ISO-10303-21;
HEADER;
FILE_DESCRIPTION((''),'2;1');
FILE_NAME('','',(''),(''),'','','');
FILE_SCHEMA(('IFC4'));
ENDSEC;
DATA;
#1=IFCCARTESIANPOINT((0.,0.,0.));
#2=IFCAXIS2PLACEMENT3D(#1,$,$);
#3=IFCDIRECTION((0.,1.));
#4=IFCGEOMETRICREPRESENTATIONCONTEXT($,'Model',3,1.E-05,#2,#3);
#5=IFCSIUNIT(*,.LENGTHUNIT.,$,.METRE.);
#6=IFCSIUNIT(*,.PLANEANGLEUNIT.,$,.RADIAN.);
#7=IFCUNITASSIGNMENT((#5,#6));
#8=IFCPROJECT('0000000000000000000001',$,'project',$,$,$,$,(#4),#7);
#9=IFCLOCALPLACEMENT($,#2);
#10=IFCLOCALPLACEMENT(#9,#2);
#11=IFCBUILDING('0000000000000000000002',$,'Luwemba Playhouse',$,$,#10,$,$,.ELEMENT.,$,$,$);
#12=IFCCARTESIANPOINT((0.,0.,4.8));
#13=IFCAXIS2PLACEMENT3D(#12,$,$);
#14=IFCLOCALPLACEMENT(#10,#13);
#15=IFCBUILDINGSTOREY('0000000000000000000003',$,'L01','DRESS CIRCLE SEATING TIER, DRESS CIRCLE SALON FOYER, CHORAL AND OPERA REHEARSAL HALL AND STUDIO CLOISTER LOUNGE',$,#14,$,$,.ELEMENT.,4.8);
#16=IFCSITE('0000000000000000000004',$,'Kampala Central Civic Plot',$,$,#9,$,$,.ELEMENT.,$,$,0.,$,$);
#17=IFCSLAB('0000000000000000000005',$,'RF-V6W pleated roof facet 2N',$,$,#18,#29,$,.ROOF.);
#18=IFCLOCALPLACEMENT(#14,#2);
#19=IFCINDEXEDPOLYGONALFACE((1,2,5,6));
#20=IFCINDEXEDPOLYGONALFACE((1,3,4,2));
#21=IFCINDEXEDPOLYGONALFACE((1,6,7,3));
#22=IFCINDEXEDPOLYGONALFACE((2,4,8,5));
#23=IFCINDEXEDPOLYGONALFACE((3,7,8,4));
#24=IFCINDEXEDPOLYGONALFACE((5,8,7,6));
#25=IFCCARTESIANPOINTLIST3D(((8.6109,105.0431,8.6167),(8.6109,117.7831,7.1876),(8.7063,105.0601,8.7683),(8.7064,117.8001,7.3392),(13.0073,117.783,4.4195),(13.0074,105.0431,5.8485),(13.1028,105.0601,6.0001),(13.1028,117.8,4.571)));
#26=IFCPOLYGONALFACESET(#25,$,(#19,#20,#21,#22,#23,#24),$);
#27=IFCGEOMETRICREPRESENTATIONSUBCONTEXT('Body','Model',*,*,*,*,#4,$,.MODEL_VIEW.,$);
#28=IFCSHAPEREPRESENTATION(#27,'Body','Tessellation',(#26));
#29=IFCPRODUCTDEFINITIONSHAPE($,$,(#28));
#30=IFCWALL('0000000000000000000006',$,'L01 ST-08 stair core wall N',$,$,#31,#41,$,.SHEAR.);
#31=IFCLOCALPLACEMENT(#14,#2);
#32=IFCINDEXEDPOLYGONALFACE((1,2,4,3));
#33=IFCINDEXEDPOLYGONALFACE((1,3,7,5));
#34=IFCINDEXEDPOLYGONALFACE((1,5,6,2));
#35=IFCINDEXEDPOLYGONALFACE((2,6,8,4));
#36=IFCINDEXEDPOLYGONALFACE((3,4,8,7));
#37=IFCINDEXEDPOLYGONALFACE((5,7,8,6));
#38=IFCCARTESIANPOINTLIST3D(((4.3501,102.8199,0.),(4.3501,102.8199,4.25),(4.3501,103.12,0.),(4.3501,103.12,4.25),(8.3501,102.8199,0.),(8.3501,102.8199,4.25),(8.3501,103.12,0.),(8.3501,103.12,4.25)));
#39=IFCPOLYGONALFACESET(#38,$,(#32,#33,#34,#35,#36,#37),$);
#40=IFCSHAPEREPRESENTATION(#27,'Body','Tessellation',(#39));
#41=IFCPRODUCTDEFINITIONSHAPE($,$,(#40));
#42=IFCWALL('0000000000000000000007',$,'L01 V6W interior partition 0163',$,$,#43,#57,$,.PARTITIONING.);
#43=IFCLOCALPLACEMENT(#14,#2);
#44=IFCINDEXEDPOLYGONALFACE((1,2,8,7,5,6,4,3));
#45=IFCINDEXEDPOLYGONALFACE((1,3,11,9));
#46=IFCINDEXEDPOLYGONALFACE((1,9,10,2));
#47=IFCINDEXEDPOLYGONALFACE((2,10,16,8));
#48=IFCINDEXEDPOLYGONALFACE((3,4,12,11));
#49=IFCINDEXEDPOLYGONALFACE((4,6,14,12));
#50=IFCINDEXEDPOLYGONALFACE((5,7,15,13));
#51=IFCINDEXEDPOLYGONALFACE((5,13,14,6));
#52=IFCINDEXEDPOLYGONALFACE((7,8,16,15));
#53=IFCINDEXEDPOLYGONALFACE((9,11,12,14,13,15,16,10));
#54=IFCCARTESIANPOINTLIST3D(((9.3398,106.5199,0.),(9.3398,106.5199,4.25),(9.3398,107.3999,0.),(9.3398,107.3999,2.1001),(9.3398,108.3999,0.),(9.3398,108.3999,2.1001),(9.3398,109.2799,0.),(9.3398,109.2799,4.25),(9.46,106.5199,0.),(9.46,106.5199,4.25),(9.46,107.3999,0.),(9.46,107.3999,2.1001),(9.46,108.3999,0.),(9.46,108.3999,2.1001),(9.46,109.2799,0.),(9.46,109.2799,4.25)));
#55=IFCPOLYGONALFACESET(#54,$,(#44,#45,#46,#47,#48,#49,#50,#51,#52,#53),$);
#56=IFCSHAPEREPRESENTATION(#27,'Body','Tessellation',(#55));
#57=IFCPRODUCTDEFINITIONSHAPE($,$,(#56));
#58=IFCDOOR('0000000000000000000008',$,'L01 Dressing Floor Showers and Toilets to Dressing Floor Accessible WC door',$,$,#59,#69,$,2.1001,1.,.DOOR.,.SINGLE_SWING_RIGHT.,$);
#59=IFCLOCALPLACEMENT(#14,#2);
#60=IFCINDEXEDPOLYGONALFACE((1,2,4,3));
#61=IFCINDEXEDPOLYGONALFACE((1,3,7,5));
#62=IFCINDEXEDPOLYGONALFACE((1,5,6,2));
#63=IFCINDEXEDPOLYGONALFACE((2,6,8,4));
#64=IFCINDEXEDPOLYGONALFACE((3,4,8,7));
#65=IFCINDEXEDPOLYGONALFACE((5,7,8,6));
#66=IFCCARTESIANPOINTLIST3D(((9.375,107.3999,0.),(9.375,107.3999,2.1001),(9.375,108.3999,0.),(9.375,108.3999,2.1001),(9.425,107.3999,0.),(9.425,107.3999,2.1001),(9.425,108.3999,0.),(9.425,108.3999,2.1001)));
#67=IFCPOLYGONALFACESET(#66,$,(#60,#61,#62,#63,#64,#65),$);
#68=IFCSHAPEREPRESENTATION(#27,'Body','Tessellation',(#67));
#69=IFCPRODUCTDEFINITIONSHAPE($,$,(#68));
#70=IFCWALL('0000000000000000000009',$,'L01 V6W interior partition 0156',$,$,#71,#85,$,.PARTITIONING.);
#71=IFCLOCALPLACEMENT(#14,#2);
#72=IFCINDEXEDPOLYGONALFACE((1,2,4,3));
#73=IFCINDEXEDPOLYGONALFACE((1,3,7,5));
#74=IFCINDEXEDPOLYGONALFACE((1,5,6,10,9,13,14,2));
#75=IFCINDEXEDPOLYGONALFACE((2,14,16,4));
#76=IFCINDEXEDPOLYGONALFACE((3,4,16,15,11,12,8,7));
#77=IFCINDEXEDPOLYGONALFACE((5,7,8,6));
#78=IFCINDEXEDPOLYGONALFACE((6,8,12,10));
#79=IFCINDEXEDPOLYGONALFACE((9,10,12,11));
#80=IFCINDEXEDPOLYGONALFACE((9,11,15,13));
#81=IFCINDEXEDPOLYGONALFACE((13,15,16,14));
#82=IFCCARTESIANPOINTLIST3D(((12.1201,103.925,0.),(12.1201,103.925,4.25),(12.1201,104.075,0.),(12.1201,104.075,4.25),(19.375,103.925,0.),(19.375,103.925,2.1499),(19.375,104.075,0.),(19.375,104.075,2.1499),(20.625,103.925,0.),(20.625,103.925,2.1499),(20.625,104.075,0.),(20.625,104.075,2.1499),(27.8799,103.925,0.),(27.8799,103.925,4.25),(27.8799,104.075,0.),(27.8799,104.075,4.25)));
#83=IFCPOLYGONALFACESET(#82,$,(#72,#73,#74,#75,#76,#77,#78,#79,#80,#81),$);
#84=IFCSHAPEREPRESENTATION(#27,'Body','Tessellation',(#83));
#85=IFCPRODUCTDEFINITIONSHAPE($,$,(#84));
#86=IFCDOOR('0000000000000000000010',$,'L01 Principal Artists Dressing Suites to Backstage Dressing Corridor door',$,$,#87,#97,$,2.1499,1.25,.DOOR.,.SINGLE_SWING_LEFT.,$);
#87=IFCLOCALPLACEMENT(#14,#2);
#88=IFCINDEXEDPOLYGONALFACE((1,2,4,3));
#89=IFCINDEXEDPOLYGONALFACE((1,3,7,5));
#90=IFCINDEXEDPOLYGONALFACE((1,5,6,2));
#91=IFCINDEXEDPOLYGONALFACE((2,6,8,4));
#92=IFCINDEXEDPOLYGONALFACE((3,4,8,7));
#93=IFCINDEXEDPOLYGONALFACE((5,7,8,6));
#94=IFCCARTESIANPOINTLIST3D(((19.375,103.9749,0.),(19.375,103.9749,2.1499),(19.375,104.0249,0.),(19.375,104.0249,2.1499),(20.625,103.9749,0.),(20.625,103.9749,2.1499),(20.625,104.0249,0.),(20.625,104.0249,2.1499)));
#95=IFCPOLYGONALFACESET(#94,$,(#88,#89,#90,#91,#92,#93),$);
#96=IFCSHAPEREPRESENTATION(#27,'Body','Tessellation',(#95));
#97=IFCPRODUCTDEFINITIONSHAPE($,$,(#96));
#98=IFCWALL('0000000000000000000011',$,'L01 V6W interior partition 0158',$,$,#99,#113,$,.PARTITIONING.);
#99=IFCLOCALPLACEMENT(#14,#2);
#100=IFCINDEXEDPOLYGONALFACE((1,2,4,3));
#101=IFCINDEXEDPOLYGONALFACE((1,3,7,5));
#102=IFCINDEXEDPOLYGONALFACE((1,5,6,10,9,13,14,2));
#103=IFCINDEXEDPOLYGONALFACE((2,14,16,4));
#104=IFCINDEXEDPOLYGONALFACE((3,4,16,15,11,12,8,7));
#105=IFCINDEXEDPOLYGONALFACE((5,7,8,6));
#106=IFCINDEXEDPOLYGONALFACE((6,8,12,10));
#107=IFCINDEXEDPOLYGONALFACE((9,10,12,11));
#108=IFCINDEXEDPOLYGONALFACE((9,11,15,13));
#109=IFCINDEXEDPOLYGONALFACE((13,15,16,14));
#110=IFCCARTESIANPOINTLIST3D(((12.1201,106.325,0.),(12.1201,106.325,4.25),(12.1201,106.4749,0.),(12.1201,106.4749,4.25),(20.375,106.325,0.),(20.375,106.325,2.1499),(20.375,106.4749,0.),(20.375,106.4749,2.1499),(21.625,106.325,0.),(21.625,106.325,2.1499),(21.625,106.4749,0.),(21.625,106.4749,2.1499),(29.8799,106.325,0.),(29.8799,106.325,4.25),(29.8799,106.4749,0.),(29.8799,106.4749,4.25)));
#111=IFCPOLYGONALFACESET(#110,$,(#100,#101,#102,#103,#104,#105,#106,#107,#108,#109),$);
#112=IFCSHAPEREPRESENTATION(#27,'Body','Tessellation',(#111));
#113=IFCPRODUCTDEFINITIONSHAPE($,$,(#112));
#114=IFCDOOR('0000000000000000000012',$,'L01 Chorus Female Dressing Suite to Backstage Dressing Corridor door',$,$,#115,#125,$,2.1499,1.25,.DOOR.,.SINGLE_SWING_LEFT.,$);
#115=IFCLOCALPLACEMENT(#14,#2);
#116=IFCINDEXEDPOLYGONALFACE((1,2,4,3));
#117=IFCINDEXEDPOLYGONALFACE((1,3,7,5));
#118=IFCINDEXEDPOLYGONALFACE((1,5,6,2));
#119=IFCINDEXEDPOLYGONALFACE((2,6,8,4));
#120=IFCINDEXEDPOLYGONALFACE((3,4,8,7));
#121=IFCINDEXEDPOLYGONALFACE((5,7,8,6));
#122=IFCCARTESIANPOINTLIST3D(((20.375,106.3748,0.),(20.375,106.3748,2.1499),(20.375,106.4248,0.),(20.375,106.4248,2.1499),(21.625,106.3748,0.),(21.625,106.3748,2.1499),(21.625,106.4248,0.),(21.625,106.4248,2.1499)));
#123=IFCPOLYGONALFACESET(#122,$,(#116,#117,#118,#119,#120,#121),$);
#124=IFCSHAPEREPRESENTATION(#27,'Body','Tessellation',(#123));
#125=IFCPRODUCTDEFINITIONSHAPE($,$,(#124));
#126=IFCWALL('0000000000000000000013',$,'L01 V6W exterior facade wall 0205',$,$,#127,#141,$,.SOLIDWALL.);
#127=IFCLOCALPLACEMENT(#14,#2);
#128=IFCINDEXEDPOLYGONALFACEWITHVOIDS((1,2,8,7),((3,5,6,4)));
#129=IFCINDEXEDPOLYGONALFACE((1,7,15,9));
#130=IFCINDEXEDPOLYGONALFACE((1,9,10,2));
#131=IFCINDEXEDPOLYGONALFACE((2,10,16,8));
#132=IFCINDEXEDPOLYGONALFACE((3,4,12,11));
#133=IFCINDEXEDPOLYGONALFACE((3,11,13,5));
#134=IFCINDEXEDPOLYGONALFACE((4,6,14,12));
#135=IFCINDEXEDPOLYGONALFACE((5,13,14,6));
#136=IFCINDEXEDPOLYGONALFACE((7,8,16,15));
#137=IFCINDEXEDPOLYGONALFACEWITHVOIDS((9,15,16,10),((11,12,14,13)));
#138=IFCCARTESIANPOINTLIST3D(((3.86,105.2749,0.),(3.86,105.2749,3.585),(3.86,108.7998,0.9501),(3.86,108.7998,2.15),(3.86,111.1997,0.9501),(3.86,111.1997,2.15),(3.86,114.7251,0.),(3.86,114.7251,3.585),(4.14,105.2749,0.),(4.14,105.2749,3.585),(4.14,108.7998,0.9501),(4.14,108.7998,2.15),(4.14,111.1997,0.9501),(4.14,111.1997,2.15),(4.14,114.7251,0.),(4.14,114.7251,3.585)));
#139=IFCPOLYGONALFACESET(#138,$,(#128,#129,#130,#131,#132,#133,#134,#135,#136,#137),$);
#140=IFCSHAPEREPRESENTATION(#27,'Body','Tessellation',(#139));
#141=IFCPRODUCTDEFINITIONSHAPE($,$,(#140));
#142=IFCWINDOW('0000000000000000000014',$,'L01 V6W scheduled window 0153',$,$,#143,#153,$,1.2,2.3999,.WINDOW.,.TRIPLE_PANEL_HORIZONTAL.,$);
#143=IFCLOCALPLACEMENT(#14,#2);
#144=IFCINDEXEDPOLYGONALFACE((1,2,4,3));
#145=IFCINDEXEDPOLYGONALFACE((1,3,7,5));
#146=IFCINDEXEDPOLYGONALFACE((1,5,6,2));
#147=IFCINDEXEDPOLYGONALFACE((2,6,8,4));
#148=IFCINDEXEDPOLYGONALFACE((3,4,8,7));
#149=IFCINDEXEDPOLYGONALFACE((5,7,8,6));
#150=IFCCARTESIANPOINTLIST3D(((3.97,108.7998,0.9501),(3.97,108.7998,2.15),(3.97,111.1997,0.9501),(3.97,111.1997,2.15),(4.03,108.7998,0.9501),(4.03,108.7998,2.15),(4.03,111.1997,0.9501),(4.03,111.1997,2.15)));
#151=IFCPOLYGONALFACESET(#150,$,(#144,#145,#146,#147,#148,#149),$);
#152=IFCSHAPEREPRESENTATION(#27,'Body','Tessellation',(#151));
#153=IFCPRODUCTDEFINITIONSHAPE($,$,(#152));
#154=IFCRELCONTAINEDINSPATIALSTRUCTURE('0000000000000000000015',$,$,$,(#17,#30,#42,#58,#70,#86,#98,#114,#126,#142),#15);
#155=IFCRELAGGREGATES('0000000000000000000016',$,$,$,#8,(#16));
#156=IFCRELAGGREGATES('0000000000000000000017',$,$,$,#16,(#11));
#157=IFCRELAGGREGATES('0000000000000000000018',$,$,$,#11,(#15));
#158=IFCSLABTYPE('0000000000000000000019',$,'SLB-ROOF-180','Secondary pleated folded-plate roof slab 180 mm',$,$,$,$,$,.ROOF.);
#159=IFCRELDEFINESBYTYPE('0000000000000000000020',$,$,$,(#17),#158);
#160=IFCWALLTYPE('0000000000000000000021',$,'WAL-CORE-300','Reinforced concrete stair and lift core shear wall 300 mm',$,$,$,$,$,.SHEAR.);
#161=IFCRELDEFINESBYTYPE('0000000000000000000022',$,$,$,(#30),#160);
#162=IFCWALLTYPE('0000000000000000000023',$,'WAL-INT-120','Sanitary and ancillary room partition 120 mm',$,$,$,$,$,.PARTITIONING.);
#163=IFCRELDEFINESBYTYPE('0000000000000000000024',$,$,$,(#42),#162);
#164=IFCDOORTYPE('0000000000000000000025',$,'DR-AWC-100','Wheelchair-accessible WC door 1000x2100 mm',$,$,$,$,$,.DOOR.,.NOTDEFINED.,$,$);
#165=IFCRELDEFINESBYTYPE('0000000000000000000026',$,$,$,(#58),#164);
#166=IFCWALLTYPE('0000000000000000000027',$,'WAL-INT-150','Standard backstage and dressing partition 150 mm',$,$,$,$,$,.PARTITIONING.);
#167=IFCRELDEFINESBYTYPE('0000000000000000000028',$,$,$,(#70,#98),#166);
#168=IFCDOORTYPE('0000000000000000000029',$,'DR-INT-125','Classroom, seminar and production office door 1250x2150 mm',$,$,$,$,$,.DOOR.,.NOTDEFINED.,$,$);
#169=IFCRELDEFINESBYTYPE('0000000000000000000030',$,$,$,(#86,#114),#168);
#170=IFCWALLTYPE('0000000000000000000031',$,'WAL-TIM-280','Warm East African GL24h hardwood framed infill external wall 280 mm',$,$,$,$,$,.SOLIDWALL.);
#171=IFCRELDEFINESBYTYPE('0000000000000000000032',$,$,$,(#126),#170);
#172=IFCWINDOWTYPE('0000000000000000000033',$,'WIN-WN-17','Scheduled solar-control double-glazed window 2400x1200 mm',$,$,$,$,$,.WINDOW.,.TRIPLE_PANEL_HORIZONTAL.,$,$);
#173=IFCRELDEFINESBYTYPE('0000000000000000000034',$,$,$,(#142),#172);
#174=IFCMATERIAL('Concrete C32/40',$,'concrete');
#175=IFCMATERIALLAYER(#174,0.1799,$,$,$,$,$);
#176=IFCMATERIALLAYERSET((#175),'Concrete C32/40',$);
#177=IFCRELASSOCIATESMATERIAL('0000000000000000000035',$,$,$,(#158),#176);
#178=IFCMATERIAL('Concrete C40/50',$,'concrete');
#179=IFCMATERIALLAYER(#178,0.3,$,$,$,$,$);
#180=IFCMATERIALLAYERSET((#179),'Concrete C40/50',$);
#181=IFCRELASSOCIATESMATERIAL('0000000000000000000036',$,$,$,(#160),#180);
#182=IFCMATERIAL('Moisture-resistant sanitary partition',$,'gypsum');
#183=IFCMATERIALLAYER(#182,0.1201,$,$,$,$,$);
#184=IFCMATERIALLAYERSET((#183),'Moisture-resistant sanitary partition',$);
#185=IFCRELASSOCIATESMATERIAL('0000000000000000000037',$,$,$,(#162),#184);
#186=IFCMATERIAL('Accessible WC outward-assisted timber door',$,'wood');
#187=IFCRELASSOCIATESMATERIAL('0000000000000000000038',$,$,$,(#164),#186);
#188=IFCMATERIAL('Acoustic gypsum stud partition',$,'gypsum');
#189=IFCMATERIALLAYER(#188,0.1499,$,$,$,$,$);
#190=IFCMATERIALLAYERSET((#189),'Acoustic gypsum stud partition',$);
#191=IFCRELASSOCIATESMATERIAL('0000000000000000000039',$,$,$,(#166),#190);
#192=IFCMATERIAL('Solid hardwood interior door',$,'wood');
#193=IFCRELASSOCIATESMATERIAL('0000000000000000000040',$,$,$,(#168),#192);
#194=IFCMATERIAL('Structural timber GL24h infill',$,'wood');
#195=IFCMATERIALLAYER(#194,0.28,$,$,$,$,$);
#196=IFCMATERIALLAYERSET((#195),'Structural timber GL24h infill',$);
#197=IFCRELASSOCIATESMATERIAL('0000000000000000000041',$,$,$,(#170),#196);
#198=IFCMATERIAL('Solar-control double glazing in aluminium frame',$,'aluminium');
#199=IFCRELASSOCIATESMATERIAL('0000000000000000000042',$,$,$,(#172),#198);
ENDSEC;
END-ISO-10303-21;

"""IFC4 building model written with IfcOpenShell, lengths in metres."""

from ifc_helpers import new_model, si_unit, direction, frame, frame_2d, origin, place, context, subcontext, project, spatial, polyline, rectangle, outline, extrude, material, layer, layer_set, type_object, element, fill, save


model = new_model("IFC4")

# Units and contexts
model_context = context("Model", 3, precision=1e-05, world=origin(), true_north=direction((0.0, 1.0)))
body_context = subcontext(model_context, "Body", "Model", "MODEL_VIEW")
ifc_project = project(units=[si_unit("LENGTHUNIT", "METRE"), si_unit("PLANEANGLEUNIT", "RADIAN")], contexts=[model_context])

# Site, building, storey
site_placement = place(None, origin())
site = spatial("IfcSite", under=ifc_project, at=site_placement, Name="Kampala Central Civic Plot", CompositionType="ELEMENT", RefElevation=0.0)
building_placement = place(site_placement, origin())
building = spatial("IfcBuilding", under=site, at=building_placement, Name="Luwemba Playhouse", CompositionType="ELEMENT")
storey_placement = place(building_placement, frame((0.0, 0.0, 4.8)))
storey = spatial("IfcBuildingStorey", under=building, at=storey_placement, Name="L01", Description="DRESS CIRCLE SEATING TIER, DRESS CIRCLE SALON FOYER, CHORAL AND OPERA REHEARSAL HALL AND STUDIO CLOISTER LOUNGE", CompositionType="ELEMENT", Elevation=4.8)

# Shared definitions
ifc_material_1 = material(Name="Concrete C40/50", Category="concrete")

# Slab
ifc_material_2 = material(Name="Concrete C32/40", Category="concrete")
ifc_layer_1 = layer(ifc_material_2, 0.1799)
ifc_layer_set_1 = layer_set([ifc_layer_1], Name="Concrete C32/40")
slab_type = type_object("IfcSlabType", Name="SLB-ROOF-180", Description="Secondary pleated folded-plate roof slab 180 mm", PredefinedType="ROOF", material=ifc_layer_set_1)
slab_1_placement = place(storey_placement, frame((8.7063, 105.0601, 8.7683), z_axis=(0.530433, 0.094499, 0.842443), x_axis=(0.84623, 0.000002, -0.532818)))
element("IfcSlab", 1, at=slab_1_placement, inside=storey, type_object=slab_type, Name="RF-V6W pleated roof facet 2N", PredefinedType="ROOF", context=body_context, shape_type="SweptSolid", body=[
    extrude(outline(polyline([(0.0, 0.0), (5.1954, 0.0), (5.9568, 12.7972), (0.7615, 12.7973), (0.0, 0.0)])), origin(), (0.0, 0.0, -1.0), 0.1799),
])

# Wall
ifc_layer_2 = layer(ifc_material_1, 0.3)
ifc_layer_set_2 = layer_set([ifc_layer_2], Name="Concrete C40/50")
wall_type_1 = type_object("IfcWallType", Name="WAL-CORE-300", Description="Reinforced concrete stair and lift core shear wall 300 mm", PredefinedType="SHEAR", material=ifc_layer_set_2)
wall_1_placement = place(storey_placement, frame((8.3501, 102.97, 0.0), z_axis=(0.0, 0.0, 1.0), x_axis=(-1.0, 0.0, 0.0)))
element("IfcWall", 2, at=wall_1_placement, inside=storey, type_object=wall_type_1, Name="L01 ST-08 stair core wall N", PredefinedType="SHEAR", context=body_context, shape_type="SweptSolid", body=[
    extrude(rectangle(XDim=4.0, YDim=0.3, at=frame_2d((2.0, 0.0))), origin(), (0.0, 0.0, 1.0), 4.25),
])

# Walls, openings, doors
ifc_material_3 = material(Name="Moisture-resistant sanitary partition", Category="gypsum")
ifc_layer_3 = layer(ifc_material_3, 0.1201)
ifc_layer_set_3 = layer_set([ifc_layer_3], Name="Moisture-resistant sanitary partition")
wall_type_2 = type_object("IfcWallType", Name="WAL-INT-120", Description="Sanitary and ancillary room partition 120 mm", PredefinedType="PARTITIONING", material=ifc_layer_set_3)
wall_2_placement = place(storey_placement, frame((9.3999, 106.52, 0.0), z_axis=(0.0, 0.0, 1.0), x_axis=(0.0, 1.0, 0.0)))
wall_2 = element("IfcWall", 3, at=wall_2_placement, inside=storey, type_object=wall_type_2, Name="L01 V6W interior partition 0163", PredefinedType="PARTITIONING", context=body_context, shape_type="SweptSolid", body=[
    extrude(rectangle(XDim=2.76, YDim=0.1201, at=frame_2d((1.3799, 0.0))), origin(), (0.0, 0.0, 1.0), 4.25),
])
opening_1_placement = place(wall_2_placement, frame((0.8799, 0.0, 0.0)))
opening_1 = element("IfcOpeningElement", 4, at=opening_1_placement, cuts=wall_2, PredefinedType="OPENING", context=body_context, shape_type="SweptSolid", body=[
    extrude(rectangle(XDim=1.0, YDim=2.1001, at=frame_2d((0.5, 1.05))), frame((0.0, 0.0701, 0.0), z_axis=(0.0, -1.0, 0.0), x_axis=(1.0, 0.0, 0.0)), (0.0, 0.0, 1.0), 0.1401),
])
ifc_material_4 = material(Name="Accessible WC outward-assisted timber door", Category="wood")
door_type_1 = type_object("IfcDoorType", Name="DR-AWC-100", Description="Wheelchair-accessible WC door 1000x2100 mm", OperationType="NOTDEFINED", PredefinedType="DOOR", material=ifc_material_4)
door_1_placement = place(opening_1_placement, origin())
door_1 = element("IfcDoor", 5, at=door_1_placement, inside=storey, type_object=door_type_1, Name="L01 Dressing Floor Showers and Toilets to Dressing Floor Accessible WC door", OperationType="SINGLE_SWING_RIGHT", OverallHeight=2.1001, OverallWidth=1.0, PredefinedType="DOOR", context=body_context, shape_type="SweptSolid", body=[
    extrude(rectangle(XDim=1.0, YDim=2.1001, at=frame_2d((0.5, 1.05))), frame((0.0, 0.0249, 0.0), z_axis=(0.0, -1.0, 0.0), x_axis=(1.0, 0.0, 0.0)), (0.0, 0.0, 1.0), 0.05),
])
fill(opening_1, door_1)
ifc_material_5 = material(Name="Acoustic gypsum stud partition", Category="gypsum")
ifc_layer_4 = layer(ifc_material_5, 0.1499)
ifc_layer_set_4 = layer_set([ifc_layer_4], Name="Acoustic gypsum stud partition")
wall_type_3 = type_object("IfcWallType", Name="WAL-INT-150", Description="Standard backstage and dressing partition 150 mm", PredefinedType="PARTITIONING", material=ifc_layer_set_4)
wall_3_placement = place(storey_placement, frame((12.1201, 104.0, 0.0), z_axis=(0.0, 0.0, 1.0), x_axis=(1.0, 0.0, 0.0)))
wall_3 = element("IfcWall", 6, at=wall_3_placement, inside=storey, type_object=wall_type_3, Name="L01 V6W interior partition 0156", PredefinedType="PARTITIONING", context=body_context, shape_type="SweptSolid", body=[
    extrude(rectangle(XDim=15.7598, YDim=0.1499, at=frame_2d((7.8799, 0.0))), origin(), (0.0, 0.0, 1.0), 4.25),
])
opening_2_placement = place(wall_3_placement, frame((7.2549, 0.0, 0.0)))
opening_2 = element("IfcOpeningElement", 7, at=opening_2_placement, cuts=wall_3, PredefinedType="OPENING", context=body_context, shape_type="SweptSolid", body=[
    extrude(rectangle(XDim=1.25, YDim=2.1499, at=frame_2d((0.625, 1.075))), frame((0.0, 0.085, 0.0), z_axis=(0.0, -1.0, 0.0), x_axis=(1.0, 0.0, 0.0)), (0.0, 0.0, 1.0), 0.1699),
])
ifc_material_6 = material(Name="Solid hardwood interior door", Category="wood")
door_type_2 = type_object("IfcDoorType", Name="DR-INT-125", Description="Classroom, seminar and production office door 1250x2150 mm", OperationType="NOTDEFINED", PredefinedType="DOOR", material=ifc_material_6)
door_2_placement = place(opening_2_placement, origin())
door_2 = element("IfcDoor", 8, at=door_2_placement, inside=storey, type_object=door_type_2, Name="L01 Principal Artists Dressing Suites to Backstage Dressing Corridor door", OperationType="SINGLE_SWING_LEFT", OverallHeight=2.1499, OverallWidth=1.25, PredefinedType="DOOR", context=body_context, shape_type="SweptSolid", body=[
    extrude(rectangle(XDim=1.25, YDim=2.1499, at=frame_2d((0.625, 1.075))), frame((0.0, 0.0249, 0.0), z_axis=(0.0, -1.0, 0.0), x_axis=(1.0, 0.0, 0.0)), (0.0, 0.0, 1.0), 0.05),
])
fill(opening_2, door_2)
wall_4_placement = place(storey_placement, frame((12.1201, 106.3999, 0.0), z_axis=(0.0, 0.0, 1.0), x_axis=(1.0, 0.0, 0.0)))
wall_4 = element("IfcWall", 9, at=wall_4_placement, inside=storey, type_object=wall_type_3, Name="L01 V6W interior partition 0158", PredefinedType="PARTITIONING", context=body_context, shape_type="SweptSolid", body=[
    extrude(rectangle(XDim=17.7598, YDim=0.1499, at=frame_2d((8.8799, 0.0))), origin(), (0.0, 0.0, 1.0), 4.25),
])
opening_3_placement = place(wall_4_placement, frame((8.2549, 0.0, 0.0)))
opening_3 = element("IfcOpeningElement", 10, at=opening_3_placement, cuts=wall_4, PredefinedType="OPENING", context=body_context, shape_type="SweptSolid", body=[
    extrude(rectangle(XDim=1.25, YDim=2.1499, at=frame_2d((0.625, 1.075))), frame((0.0, 0.085, 0.0), z_axis=(0.0, -1.0, 0.0), x_axis=(1.0, 0.0, 0.0)), (0.0, 0.0, 1.0), 0.1699),
])
door_3_placement = place(opening_3_placement, origin())
door_3 = element("IfcDoor", 11, at=door_3_placement, inside=storey, type_object=door_type_2, Name="L01 Chorus Female Dressing Suite to Backstage Dressing Corridor door", OperationType="SINGLE_SWING_LEFT", OverallHeight=2.1499, OverallWidth=1.25, PredefinedType="DOOR", context=body_context, shape_type="SweptSolid", body=[
    extrude(rectangle(XDim=1.25, YDim=2.1499, at=frame_2d((0.625, 1.075))), frame((0.0, 0.0249, 0.0), z_axis=(0.0, -1.0, 0.0), x_axis=(1.0, 0.0, 0.0)), (0.0, 0.0, 1.0), 0.05),
])
fill(opening_3, door_3)

# Wall, opening, window
ifc_material_7 = material(Name="Structural timber GL24h infill", Category="wood")
ifc_layer_5 = layer(ifc_material_7, 0.28)
ifc_layer_set_5 = layer_set([ifc_layer_5], Name="Structural timber GL24h infill")
wall_type_4 = type_object("IfcWallType", Name="WAL-TIM-280", Description="Warm East African GL24h hardwood framed infill external wall 280 mm", PredefinedType="SOLIDWALL", material=ifc_layer_set_5)
wall_5_placement = place(storey_placement, frame((4.0, 105.2749, 0.0), z_axis=(0.0, 0.0, 1.0), x_axis=(0.0, 1.0, 0.0)))
wall_5 = element("IfcWall", 12, at=wall_5_placement, inside=storey, type_object=wall_type_4, Name="L01 V6W exterior facade wall 0205", PredefinedType="SOLIDWALL", context=body_context, shape_type="SweptSolid", body=[
    extrude(rectangle(XDim=9.4502, YDim=0.28, at=frame_2d((4.7251, 0.0))), origin(), (0.0, 0.0, 1.0), 3.585),
])
opening_4_placement = place(wall_5_placement, frame((3.5249, 0.0, 0.95)))
opening_4 = element("IfcOpeningElement", 13, at=opening_4_placement, cuts=wall_5, PredefinedType="OPENING", context=body_context, shape_type="SweptSolid", body=[
    extrude(rectangle(XDim=2.3999, YDim=1.2, at=frame_2d((1.2, 0.6001))), frame((0.0, 0.1499, 0.0), z_axis=(0.0, -1.0, 0.0), x_axis=(1.0, 0.0, 0.0)), (0.0, 0.0, 1.0), 0.3),
])
ifc_material_8 = material(Name="Solar-control double glazing in aluminium frame", Category="aluminium")
window_type = type_object("IfcWindowType", Name="WIN-WN-17", Description="Scheduled solar-control double-glazed window 2400x1200 mm", PartitioningType="TRIPLE_PANEL_HORIZONTAL", PredefinedType="WINDOW", material=ifc_material_8)
window_placement = place(opening_4_placement, origin())
window = element("IfcWindow", 14, at=window_placement, inside=storey, type_object=window_type, Name="L01 V6W scheduled window 0153", OverallHeight=1.2, OverallWidth=2.3999, PartitioningType="TRIPLE_PANEL_HORIZONTAL", PredefinedType="WINDOW", context=body_context, shape_type="SweptSolid", body=[
    extrude(rectangle(XDim=2.3999, YDim=1.2, at=frame_2d((1.2, 0.6001))), frame((0.0, 0.03, 0.0), z_axis=(0.0, -1.0, 0.0), x_axis=(1.0, 0.0, 0.0)), (0.0, 0.0, 1.0), 0.0601),
])
fill(opening_4, window)

save(model, "model.ifc")
